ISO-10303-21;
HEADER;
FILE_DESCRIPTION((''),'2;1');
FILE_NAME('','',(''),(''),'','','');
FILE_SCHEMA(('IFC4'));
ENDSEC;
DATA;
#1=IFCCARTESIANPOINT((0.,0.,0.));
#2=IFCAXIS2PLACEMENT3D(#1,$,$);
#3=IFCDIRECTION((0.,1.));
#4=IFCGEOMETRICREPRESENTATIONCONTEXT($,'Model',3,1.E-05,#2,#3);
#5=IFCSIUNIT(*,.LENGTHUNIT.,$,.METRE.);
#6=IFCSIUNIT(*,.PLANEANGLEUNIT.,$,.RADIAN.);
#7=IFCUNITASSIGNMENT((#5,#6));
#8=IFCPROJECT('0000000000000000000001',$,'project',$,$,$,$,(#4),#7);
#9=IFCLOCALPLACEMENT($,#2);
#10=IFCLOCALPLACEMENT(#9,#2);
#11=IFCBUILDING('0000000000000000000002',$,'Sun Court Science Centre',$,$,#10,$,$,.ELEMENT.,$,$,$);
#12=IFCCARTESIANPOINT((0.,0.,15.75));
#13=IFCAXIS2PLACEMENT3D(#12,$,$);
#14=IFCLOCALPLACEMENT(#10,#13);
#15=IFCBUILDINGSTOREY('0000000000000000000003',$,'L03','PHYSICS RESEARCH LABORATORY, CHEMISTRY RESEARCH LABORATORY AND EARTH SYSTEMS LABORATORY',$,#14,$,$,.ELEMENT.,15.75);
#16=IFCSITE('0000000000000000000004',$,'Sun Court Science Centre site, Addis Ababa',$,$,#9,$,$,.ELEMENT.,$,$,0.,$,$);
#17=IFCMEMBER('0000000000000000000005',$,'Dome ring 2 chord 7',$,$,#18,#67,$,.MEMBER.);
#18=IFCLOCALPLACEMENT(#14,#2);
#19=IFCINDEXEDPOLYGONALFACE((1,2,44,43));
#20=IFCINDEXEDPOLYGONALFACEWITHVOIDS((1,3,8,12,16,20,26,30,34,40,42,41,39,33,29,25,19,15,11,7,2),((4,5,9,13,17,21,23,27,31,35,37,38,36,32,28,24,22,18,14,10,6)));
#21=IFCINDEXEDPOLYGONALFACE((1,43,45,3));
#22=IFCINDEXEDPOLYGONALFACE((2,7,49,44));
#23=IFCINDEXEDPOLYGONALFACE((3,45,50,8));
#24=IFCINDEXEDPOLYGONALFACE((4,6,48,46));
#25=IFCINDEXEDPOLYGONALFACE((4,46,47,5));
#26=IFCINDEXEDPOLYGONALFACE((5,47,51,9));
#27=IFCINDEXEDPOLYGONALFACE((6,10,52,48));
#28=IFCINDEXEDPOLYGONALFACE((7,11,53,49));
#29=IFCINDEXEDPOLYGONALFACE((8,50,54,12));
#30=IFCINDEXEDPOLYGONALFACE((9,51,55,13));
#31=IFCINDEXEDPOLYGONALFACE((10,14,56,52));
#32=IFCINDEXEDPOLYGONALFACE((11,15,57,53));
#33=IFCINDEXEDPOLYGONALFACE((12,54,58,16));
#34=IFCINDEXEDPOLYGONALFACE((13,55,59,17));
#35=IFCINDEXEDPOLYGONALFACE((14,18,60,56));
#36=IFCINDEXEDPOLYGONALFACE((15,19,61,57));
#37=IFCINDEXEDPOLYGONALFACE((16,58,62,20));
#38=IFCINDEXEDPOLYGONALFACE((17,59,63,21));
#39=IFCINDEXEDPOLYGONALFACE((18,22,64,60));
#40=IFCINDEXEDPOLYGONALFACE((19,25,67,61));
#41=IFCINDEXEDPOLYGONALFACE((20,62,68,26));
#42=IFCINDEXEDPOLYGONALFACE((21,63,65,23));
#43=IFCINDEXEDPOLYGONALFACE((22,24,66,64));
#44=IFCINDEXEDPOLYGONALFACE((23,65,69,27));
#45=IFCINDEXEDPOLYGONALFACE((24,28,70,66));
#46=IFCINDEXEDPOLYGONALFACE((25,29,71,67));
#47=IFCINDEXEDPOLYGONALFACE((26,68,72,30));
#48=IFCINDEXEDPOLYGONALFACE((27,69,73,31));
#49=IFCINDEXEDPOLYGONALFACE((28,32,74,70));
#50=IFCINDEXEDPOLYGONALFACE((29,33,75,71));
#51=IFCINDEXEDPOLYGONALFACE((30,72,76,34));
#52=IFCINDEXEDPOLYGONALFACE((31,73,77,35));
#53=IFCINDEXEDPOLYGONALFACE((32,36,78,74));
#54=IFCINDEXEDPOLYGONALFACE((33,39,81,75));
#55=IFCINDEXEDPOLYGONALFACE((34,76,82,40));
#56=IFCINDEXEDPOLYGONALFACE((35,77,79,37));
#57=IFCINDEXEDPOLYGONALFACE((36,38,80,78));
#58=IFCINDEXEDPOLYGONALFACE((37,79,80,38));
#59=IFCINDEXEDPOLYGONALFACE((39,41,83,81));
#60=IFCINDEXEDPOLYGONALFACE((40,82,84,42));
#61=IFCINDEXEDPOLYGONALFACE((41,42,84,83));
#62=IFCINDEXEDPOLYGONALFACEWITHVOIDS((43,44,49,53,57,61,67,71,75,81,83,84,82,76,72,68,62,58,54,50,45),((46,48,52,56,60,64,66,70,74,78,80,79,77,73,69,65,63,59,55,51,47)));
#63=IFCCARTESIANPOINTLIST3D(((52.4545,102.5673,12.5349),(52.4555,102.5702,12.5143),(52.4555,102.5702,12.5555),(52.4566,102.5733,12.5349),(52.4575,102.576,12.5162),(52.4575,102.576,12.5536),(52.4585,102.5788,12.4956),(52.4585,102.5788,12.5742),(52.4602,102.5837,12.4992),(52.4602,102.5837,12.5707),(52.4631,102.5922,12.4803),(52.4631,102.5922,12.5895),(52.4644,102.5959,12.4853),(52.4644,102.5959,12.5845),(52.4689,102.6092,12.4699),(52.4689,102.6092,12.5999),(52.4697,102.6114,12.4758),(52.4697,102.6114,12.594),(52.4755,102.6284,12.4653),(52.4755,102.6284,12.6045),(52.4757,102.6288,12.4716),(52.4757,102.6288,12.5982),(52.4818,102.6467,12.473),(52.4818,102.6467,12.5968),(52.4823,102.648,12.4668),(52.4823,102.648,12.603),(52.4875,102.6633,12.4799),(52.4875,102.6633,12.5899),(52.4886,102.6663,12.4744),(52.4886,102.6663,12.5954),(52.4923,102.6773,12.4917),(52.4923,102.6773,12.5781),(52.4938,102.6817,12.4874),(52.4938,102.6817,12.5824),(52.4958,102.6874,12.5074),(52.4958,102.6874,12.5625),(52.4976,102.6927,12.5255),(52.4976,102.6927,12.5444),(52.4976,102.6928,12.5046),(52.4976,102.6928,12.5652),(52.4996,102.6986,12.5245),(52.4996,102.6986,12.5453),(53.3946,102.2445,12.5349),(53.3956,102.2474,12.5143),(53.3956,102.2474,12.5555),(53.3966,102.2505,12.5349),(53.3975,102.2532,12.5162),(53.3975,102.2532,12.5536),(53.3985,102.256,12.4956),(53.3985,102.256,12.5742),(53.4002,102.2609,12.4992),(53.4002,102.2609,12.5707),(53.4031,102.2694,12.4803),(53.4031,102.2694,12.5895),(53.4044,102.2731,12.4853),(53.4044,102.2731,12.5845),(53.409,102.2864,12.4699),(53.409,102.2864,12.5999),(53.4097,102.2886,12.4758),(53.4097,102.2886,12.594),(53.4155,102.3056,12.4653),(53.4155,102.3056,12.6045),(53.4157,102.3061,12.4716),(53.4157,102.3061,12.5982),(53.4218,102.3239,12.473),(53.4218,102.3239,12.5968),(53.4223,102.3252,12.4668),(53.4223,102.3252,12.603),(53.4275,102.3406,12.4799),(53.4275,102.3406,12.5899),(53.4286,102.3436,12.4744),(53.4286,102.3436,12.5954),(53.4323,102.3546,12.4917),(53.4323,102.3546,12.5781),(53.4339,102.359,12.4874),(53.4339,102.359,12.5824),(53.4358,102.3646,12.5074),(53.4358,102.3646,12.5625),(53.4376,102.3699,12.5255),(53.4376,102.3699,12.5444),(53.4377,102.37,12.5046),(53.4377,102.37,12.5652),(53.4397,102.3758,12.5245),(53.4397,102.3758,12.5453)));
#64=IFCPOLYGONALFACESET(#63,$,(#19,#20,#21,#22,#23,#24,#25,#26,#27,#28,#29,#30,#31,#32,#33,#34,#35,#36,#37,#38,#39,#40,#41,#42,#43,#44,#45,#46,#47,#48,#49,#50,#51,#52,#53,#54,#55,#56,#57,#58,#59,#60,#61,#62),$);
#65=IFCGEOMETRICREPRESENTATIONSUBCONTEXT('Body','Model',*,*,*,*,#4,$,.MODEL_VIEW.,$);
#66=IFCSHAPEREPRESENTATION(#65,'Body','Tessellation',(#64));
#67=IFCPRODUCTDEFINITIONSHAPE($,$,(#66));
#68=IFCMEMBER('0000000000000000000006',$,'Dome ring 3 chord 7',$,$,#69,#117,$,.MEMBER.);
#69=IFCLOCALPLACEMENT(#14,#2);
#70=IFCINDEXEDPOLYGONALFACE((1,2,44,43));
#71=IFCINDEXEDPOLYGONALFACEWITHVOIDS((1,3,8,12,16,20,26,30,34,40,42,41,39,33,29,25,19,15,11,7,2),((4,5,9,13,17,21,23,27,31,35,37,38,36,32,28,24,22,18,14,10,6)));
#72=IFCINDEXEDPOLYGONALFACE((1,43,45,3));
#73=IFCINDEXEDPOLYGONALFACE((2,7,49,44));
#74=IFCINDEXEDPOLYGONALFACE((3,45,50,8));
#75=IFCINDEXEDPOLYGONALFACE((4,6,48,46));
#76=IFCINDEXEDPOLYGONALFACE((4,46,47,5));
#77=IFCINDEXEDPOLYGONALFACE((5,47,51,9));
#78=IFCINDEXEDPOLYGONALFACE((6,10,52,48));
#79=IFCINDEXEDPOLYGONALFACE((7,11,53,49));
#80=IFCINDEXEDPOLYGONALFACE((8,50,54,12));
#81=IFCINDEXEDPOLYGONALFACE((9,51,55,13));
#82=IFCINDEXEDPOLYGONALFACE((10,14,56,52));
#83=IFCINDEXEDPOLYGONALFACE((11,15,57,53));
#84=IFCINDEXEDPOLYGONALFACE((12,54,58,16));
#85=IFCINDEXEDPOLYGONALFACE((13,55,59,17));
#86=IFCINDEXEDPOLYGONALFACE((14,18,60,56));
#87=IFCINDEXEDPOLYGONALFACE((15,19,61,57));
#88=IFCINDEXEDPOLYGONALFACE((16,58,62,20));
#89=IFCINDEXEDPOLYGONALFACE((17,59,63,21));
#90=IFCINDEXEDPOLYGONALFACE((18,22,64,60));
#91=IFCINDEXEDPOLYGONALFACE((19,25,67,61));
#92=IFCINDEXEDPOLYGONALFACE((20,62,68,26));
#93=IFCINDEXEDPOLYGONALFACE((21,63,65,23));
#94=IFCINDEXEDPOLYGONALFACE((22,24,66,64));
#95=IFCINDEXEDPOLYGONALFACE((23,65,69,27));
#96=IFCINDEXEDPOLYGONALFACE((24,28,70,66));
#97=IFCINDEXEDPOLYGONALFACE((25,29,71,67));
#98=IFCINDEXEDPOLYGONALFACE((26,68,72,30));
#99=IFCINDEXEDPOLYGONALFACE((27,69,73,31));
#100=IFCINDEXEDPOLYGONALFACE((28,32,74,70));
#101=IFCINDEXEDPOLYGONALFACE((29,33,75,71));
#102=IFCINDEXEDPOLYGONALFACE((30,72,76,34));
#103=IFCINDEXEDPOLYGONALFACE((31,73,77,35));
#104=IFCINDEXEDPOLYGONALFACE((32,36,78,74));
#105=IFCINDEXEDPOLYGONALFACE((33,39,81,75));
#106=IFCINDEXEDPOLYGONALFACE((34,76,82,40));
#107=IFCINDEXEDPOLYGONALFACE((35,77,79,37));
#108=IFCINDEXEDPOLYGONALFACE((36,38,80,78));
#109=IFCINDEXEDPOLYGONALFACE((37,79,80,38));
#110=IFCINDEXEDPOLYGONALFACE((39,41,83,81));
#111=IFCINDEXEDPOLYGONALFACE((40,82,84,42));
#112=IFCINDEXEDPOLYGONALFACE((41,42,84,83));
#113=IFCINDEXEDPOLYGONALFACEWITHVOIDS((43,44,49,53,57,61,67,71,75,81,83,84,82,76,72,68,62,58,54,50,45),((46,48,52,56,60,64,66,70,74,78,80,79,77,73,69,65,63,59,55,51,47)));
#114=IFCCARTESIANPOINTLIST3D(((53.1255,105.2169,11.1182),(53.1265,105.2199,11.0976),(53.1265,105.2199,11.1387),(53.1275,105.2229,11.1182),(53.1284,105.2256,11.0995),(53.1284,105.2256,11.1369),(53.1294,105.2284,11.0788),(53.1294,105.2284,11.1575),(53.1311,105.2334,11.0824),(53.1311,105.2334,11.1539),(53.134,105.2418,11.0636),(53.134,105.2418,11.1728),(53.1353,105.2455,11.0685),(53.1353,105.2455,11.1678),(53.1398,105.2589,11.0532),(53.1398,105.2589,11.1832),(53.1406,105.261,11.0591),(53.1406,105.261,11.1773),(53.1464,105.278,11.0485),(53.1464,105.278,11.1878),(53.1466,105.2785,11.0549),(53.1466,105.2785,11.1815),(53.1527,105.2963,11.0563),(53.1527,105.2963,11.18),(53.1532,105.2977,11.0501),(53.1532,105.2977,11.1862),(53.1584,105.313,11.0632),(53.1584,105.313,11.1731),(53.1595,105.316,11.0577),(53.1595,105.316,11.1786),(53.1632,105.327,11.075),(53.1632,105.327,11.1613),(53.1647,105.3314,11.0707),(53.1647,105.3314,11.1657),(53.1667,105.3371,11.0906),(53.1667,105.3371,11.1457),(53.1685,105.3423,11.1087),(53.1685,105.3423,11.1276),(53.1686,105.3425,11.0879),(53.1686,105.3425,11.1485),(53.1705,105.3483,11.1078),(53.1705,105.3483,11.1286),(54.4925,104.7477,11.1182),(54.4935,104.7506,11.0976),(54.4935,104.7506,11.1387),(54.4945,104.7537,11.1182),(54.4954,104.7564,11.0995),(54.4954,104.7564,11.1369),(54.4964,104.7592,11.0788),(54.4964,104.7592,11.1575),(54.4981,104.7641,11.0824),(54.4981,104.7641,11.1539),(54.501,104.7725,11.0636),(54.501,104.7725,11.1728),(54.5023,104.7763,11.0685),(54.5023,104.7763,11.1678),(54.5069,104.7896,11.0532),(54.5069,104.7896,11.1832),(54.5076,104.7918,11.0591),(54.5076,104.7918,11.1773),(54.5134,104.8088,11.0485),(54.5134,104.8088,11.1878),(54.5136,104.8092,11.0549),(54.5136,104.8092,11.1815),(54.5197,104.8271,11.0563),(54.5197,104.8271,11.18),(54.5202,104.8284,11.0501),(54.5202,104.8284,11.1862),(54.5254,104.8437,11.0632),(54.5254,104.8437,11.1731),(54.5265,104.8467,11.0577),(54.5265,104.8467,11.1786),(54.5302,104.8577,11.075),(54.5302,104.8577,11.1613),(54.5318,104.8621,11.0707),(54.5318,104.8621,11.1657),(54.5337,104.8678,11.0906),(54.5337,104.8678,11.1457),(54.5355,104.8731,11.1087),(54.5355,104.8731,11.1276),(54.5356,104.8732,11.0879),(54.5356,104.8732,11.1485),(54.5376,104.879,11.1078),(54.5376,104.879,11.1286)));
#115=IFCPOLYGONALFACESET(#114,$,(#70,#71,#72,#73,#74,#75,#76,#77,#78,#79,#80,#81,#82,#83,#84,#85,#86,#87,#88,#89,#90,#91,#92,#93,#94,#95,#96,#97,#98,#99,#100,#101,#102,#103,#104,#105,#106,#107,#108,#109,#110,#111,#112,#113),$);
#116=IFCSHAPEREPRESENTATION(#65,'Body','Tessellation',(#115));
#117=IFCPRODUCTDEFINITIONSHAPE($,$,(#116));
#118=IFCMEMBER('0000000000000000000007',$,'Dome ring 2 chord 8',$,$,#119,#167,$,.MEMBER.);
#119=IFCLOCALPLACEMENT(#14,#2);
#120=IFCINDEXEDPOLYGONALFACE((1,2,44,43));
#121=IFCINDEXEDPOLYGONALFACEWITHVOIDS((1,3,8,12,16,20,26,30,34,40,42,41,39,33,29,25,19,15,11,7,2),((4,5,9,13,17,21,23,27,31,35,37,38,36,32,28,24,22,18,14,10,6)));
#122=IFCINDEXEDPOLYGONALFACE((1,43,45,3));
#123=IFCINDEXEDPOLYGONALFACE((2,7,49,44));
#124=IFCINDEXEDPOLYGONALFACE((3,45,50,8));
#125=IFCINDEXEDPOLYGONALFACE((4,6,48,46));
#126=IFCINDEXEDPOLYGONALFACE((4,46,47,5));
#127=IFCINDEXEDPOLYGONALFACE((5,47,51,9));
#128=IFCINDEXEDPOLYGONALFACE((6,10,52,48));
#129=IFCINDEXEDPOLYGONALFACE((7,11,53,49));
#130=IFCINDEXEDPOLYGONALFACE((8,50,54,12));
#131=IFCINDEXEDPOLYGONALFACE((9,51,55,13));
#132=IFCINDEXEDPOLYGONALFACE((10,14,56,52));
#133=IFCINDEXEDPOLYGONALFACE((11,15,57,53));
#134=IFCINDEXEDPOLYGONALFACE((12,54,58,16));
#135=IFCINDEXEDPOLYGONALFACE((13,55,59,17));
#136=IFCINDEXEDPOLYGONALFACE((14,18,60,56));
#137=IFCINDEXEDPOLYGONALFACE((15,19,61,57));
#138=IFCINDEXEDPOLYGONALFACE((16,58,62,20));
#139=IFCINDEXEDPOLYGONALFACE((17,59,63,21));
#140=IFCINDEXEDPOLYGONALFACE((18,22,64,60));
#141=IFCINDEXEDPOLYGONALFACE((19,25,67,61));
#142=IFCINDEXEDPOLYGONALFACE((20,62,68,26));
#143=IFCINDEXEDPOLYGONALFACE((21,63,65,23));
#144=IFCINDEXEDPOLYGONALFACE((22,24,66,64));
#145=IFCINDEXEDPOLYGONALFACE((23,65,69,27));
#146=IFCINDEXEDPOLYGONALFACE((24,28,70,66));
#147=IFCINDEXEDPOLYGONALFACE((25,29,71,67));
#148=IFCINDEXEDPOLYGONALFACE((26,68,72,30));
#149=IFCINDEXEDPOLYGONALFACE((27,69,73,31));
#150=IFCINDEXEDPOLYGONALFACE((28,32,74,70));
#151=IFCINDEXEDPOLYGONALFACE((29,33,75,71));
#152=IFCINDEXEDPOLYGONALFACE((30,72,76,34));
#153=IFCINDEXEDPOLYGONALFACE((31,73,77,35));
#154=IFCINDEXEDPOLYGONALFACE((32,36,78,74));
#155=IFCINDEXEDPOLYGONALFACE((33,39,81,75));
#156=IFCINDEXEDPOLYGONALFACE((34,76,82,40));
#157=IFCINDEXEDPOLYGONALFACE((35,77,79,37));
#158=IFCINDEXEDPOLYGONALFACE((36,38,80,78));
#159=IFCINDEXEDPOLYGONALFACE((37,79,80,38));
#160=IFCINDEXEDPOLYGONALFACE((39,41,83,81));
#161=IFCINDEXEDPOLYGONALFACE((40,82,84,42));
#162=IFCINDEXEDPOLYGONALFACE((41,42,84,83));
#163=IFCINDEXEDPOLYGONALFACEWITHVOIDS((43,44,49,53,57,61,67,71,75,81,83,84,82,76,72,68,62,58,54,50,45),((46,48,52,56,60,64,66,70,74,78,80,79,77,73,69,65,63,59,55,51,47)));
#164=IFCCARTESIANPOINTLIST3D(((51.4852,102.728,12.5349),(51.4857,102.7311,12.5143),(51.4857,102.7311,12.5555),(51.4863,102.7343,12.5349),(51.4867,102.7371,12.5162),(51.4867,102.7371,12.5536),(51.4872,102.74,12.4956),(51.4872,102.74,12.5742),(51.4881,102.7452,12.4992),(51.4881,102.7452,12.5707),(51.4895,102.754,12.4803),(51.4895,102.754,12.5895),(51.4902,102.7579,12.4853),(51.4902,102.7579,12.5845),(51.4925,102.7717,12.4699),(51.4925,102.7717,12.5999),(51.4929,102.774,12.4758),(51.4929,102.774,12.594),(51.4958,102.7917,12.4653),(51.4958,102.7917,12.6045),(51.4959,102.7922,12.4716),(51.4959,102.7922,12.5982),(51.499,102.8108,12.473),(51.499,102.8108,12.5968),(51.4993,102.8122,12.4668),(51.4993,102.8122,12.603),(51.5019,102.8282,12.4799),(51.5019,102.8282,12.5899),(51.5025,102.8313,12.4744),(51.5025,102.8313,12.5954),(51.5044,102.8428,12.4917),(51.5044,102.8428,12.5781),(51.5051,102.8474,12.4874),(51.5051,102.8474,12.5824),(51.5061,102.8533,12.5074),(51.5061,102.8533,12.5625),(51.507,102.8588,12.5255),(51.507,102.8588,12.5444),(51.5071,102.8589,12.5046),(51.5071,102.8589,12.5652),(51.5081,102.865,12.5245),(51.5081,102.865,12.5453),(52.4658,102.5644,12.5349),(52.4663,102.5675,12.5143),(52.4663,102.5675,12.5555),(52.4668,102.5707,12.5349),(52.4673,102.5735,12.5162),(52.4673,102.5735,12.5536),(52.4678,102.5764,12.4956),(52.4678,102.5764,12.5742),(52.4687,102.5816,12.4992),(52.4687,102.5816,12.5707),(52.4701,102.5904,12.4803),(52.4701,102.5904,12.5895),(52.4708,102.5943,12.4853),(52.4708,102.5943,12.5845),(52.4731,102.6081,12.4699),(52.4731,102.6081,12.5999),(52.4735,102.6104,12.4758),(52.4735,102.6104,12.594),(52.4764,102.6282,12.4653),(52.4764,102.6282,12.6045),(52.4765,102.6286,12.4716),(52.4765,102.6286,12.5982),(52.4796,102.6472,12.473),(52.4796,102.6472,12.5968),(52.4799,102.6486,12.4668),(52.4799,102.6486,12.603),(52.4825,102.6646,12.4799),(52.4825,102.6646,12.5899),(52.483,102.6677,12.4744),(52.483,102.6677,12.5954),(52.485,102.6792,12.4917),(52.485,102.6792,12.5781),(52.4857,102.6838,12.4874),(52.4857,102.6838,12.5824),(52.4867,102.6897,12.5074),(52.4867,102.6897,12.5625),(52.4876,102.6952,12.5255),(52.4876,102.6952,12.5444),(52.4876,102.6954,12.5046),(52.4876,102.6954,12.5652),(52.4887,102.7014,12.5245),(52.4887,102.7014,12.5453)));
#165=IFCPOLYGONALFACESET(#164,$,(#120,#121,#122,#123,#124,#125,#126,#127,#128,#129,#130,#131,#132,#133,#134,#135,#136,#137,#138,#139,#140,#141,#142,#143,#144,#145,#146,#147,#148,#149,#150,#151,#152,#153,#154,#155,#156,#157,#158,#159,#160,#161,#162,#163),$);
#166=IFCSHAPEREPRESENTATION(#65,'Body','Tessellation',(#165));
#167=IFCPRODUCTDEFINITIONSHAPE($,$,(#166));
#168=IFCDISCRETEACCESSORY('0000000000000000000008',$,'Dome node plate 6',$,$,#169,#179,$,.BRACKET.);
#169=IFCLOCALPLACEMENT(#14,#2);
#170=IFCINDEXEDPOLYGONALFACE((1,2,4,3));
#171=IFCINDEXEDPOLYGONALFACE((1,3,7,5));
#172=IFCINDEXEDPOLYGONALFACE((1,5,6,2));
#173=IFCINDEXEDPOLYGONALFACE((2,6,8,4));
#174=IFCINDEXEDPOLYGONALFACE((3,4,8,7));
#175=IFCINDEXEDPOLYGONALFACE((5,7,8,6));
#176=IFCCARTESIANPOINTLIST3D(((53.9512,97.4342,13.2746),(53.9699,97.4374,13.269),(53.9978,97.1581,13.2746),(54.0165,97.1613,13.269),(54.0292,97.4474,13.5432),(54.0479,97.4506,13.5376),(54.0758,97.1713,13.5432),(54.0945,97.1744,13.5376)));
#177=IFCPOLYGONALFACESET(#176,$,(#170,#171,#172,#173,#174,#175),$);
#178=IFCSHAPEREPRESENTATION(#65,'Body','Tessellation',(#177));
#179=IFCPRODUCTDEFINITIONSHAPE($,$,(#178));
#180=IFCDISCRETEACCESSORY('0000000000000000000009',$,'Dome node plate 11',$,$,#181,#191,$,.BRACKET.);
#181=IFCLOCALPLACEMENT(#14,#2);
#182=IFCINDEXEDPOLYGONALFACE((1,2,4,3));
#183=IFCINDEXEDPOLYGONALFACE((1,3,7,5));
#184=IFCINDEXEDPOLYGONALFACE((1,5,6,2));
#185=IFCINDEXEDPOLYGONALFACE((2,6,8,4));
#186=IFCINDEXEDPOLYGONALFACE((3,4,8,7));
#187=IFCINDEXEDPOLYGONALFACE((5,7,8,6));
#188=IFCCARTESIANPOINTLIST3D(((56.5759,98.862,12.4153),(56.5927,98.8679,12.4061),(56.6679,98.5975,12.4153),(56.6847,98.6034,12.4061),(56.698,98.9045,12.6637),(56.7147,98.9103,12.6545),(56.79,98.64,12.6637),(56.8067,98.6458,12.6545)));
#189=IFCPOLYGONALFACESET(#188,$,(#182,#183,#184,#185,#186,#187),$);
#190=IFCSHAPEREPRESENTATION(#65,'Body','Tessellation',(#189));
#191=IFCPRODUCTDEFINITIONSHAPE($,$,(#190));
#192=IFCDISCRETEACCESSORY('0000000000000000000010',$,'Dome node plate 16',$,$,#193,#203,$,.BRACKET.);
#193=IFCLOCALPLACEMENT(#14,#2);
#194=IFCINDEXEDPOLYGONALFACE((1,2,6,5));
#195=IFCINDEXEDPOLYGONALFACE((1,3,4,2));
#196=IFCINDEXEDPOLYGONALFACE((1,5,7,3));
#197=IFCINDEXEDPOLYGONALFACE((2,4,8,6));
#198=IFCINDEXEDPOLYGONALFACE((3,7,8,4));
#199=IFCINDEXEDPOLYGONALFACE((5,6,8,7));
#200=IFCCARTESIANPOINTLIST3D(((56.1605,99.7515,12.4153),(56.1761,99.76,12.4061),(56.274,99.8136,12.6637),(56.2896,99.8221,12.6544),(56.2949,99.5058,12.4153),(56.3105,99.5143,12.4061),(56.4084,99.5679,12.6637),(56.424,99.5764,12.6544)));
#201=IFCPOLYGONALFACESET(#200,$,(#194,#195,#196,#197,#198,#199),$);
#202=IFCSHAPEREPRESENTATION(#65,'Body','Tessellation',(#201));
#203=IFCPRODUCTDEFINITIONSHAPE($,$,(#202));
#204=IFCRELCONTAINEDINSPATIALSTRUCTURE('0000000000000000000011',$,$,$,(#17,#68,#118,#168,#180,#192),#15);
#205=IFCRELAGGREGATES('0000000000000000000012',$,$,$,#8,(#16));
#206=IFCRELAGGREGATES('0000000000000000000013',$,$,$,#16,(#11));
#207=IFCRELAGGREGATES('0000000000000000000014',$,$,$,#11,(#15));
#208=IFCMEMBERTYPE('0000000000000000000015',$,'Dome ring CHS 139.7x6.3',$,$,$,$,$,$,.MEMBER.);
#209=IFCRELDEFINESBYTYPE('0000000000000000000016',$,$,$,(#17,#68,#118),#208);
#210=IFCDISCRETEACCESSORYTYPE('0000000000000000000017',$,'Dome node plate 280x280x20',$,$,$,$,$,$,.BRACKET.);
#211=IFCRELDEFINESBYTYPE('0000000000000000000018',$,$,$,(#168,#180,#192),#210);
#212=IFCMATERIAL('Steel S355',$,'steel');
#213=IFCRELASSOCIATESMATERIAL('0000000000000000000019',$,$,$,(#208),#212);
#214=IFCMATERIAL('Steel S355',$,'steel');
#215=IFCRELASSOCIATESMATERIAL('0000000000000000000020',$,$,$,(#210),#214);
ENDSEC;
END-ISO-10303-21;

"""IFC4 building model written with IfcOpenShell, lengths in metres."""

from ifc_helpers import new_model, si_unit, direction, frame, origin, origin_2d, place, context, subcontext, project, spatial, rectangle, hollow_circle, extrude, material, material_profile, profile_set, type_object, element, save


model = new_model("IFC4")

# Units and contexts
model_context = context("Model", 3, precision=1e-05, world=origin(), true_north=direction((0.0, 1.0)))
body_context = subcontext(model_context, "Body", "Model", "MODEL_VIEW")
ifc_project = project(units=[si_unit("LENGTHUNIT", "METRE"), si_unit("PLANEANGLEUNIT", "RADIAN")], contexts=[model_context])

# Site, building, storey
site_placement = place(None, origin())
site = spatial("IfcSite", under=ifc_project, at=site_placement, Name="Sun Court Science Centre site, Addis Ababa", CompositionType="ELEMENT", RefElevation=0.0)
building_placement = place(site_placement, origin())
building = spatial("IfcBuilding", under=site, at=building_placement, Name="Sun Court Science Centre", CompositionType="ELEMENT")
storey_placement = place(building_placement, frame((0.0, 0.0, 15.75)))
storey = spatial("IfcBuildingStorey", under=building, at=storey_placement, Name="L03", Description="PHYSICS RESEARCH LABORATORY, CHEMISTRY RESEARCH LABORATORY AND EARTH SYSTEMS LABORATORY", CompositionType="ELEMENT", Elevation=15.75)

# Members
ifc_material_1 = material(Name="Steel S355", Category="steel")
ifc_material_profile_1 = material_profile(ifc_material_1, hollow_circle(Radius=0.0698, WallThickness=0.0063, at=origin_2d()), Name="CHS 139.7x6.3")
ifc_profile_set_1 = profile_set([ifc_material_profile_1], Name="Steel S355")
member_type_1 = type_object("IfcMemberType", Name="Dome ring CHS 139.7x6.3", PredefinedType="MEMBER", material=ifc_profile_set_1)
member_1_placement = place(storey_placement, frame((53.4172, 102.3105, 12.5349), z_axis=(-0.945795, 0.324764, 0.0), x_axis=(-0.324764, -0.945795, 0.0)))
element("IfcMember", 1, at=member_1_placement, inside=storey, type_object=member_type_1, Name="Dome ring 2 chord 7", PredefinedType="MEMBER", context=body_context, shape_type="SweptSolid", body=[
    extrude(hollow_circle(Radius=0.0698, WallThickness=0.0063, at=origin_2d()), origin(), (0.0, 0.0, 1.0), 0.9939),
])
member_2_placement = place(storey_placement, frame((54.5151, 104.8137, 11.1182), z_axis=(-0.945824, 0.324678, 0.0), x_axis=(-0.324678, -0.945824, 0.0)))
element("IfcMember", 2, at=member_2_placement, inside=storey, type_object=member_type_1, Name="Dome ring 3 chord 7", PredefinedType="MEMBER", context=body_context, shape_type="SweptSolid", body=[
    extrude(hollow_circle(Radius=0.0698, WallThickness=0.0063, at=origin_2d()), origin(), (0.0, 0.0, 1.0), 1.4453),
])
member_3_placement = place(storey_placement, frame((52.4773, 102.6333, 12.5349), z_axis=(-0.986367, 0.164558, 0.0), x_axis=(-0.164558, -0.986367, 0.0)))
element("IfcMember", 3, at=member_3_placement, inside=storey, type_object=member_type_1, Name="Dome ring 2 chord 8", PredefinedType="MEMBER", context=body_context, shape_type="SweptSolid", body=[
    extrude(hollow_circle(Radius=0.0698, WallThickness=0.0063, at=origin_2d()), origin(), (0.0, 0.0, 1.0), 0.9941),
])

# Discrete accessories
ifc_material_2 = material(Name="Steel S355", Category="steel")
ifc_material_profile_2 = material_profile(ifc_material_2, rectangle(XDim=0.28, YDim=0.28, at=origin_2d()), Name="PL 280x280")
ifc_profile_set_2 = profile_set([ifc_material_profile_2], Name="Steel S355")
discrete_accessory_type = type_object("IfcDiscreteAccessoryType", Name="Dome node plate 280x280x20", PredefinedType="BRACKET", material=ifc_profile_set_2)
discrete_accessory_1_placement = place(storey_placement, frame((54.0322, 97.3059, 13.4033), z_axis=(-0.945872, -0.159693, 0.282533), x_axis=(0.166475, -0.986046, 0.0)))
element("IfcDiscreteAccessory", 4, at=discrete_accessory_1_placement, inside=storey, type_object=discrete_accessory_type, Name="Dome node plate 6", PredefinedType="BRACKET", context=body_context, shape_type="SweptSolid", body=[
    extrude(rectangle(XDim=0.28, YDim=0.28, at=origin_2d()), origin(), (0.0, 0.0, 1.0), 0.0198),
])
for number, where, z_axis, x_axis, name in (
    (5, (56.6997, 98.7568, 12.5303), (-0.837919, -0.29145, 0.461463), (0.328521, -0.944497, 0.0), "Dome node plate 11"),
    (6, (56.3, 99.6682, 12.5303), (-0.778119, -0.425534, 0.462008), (0.479812, -0.877371, 0.0), "Dome node plate 16"),
):
    element("IfcDiscreteAccessory", number, at=place(storey_placement, frame(where, z_axis=z_axis, x_axis=x_axis)), inside=storey, type_object=discrete_accessory_type, Name=name, PredefinedType="BRACKET", context=body_context, shape_type="SweptSolid", body=[
        extrude(rectangle(XDim=0.28, YDim=0.28, at=origin_2d()), origin(), (0.0, 0.0, 1.0), 0.02),
    ])

save(model, "model.ifc")
